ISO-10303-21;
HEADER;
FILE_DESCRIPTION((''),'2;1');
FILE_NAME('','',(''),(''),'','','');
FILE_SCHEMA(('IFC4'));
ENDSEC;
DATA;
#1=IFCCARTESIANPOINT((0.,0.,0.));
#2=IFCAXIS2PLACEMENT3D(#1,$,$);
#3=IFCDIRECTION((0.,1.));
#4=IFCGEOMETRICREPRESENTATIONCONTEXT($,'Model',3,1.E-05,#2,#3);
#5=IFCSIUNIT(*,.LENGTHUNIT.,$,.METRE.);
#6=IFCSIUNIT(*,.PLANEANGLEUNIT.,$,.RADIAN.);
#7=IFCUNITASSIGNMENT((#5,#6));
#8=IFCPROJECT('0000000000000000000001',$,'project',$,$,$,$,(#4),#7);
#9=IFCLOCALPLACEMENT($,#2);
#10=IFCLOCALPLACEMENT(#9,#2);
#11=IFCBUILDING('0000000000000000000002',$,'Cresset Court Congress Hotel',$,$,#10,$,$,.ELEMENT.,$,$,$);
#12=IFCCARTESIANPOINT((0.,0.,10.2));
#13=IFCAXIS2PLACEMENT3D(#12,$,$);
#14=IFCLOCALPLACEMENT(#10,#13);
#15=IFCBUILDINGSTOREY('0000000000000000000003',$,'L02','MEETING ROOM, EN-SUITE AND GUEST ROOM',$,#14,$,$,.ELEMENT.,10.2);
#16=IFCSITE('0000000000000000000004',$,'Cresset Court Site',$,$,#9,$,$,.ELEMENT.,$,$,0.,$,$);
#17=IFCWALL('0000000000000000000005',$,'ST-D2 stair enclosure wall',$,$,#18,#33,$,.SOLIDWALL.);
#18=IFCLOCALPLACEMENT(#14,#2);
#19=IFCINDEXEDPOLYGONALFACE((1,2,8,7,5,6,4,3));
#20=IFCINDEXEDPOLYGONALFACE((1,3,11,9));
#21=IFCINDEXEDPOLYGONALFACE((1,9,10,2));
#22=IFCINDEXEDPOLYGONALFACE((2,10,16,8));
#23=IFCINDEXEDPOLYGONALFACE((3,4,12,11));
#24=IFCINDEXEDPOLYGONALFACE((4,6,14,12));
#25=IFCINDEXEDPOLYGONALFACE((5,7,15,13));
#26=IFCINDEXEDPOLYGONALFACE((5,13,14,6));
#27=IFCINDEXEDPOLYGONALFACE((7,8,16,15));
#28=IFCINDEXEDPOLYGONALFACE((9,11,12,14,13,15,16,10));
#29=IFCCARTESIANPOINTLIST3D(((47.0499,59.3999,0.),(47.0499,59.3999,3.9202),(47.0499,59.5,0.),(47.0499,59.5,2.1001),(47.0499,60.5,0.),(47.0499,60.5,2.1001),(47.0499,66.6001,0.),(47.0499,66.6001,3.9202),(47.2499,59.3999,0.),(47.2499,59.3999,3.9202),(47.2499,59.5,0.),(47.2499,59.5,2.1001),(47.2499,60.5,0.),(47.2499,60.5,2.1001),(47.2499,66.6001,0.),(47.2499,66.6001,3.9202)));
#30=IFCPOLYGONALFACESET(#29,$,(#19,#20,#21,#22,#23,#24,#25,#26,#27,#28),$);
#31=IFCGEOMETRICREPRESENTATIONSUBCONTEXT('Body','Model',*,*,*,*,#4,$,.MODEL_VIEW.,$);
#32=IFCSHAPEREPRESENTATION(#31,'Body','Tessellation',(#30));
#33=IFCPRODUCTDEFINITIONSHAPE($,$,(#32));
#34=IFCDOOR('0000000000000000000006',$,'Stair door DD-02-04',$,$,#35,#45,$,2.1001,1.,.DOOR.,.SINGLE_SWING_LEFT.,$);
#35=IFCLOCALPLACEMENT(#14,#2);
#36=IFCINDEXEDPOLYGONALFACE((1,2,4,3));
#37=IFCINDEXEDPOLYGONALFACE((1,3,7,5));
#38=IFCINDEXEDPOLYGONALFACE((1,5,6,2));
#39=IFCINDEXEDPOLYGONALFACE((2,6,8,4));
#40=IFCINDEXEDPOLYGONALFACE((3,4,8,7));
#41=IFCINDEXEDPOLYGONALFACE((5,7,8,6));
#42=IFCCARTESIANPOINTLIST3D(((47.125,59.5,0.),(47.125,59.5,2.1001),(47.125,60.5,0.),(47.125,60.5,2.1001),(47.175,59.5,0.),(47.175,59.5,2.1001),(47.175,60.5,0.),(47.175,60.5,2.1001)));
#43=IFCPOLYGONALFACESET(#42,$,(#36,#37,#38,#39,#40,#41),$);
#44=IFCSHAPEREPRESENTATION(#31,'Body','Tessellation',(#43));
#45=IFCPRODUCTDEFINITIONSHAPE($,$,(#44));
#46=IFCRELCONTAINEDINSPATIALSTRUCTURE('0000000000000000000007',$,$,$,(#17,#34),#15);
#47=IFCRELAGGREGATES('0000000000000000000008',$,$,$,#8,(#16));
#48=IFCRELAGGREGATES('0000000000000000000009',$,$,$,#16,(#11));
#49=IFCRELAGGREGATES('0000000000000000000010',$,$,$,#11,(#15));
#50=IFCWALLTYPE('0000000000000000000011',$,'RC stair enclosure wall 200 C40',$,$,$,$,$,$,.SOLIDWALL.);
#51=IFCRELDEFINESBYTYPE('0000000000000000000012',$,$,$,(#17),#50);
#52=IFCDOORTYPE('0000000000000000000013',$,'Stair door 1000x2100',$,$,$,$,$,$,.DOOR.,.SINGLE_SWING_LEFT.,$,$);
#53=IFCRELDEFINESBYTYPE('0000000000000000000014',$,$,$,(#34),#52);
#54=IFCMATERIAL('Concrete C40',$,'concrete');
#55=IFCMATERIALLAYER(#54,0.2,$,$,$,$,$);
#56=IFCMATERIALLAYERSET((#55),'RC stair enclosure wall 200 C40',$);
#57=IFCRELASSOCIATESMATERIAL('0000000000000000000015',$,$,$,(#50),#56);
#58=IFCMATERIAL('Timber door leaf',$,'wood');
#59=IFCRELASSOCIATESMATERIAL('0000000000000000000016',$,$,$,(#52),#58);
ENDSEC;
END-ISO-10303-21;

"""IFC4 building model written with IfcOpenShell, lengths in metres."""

from ifc_helpers import new_model, si_unit, direction, frame, frame_2d, origin, place, context, subcontext, project, spatial, rectangle, extrude, material, layer, layer_set, type_object, element, fill, save


model = new_model("IFC4")

# Units and contexts
model_context = context("Model", 3, precision=1e-05, world=origin(), true_north=direction((0.0, 1.0)))
body_context = subcontext(model_context, "Body", "Model", "MODEL_VIEW")
ifc_project = project(units=[si_unit("LENGTHUNIT", "METRE"), si_unit("PLANEANGLEUNIT", "RADIAN")], contexts=[model_context])

# Site, building, storey
site_placement = place(None, origin())
site = spatial("IfcSite", under=ifc_project, at=site_placement, Name="Cresset Court Site", CompositionType="ELEMENT", RefElevation=0.0)
building_placement = place(site_placement, origin())
building = spatial("IfcBuilding", under=site, at=building_placement, Name="Cresset Court Congress Hotel", CompositionType="ELEMENT")
storey_placement = place(building_placement, frame((0.0, 0.0, 10.2)))
storey = spatial("IfcBuildingStorey", under=building, at=storey_placement, Name="L02", Description="MEETING ROOM, EN-SUITE AND GUEST ROOM", CompositionType="ELEMENT", Elevation=10.2)

# Wall, opening, door
ifc_material_1 = material(Name="Concrete C40", Category="concrete")
ifc_layer_1 = layer(ifc_material_1, 0.2)
ifc_layer_set_1 = layer_set([ifc_layer_1], Name="RC stair enclosure wall 200 C40")
wall_type_1 = type_object("IfcWallType", Name="RC stair enclosure wall 200 C40", PredefinedType="SOLIDWALL", material=ifc_layer_set_1)
wall_1_placement = place(storey_placement, frame((47.1499, 59.3999, 0.0), z_axis=(0.0, 0.0, 1.0), x_axis=(0.0, 1.0, 0.0)))
wall_1 = element("IfcWall", 1, at=wall_1_placement, inside=storey, type_object=wall_type_1, Name="ST-D2 stair enclosure wall", PredefinedType="SOLIDWALL", context=body_context, shape_type="SweptSolid", body=[
    extrude(rectangle(XDim=7.2002, YDim=0.2, at=frame_2d((3.6001, 0.0))), origin(), (0.0, 0.0, 1.0), 3.9202),
])
opening_1_placement = place(wall_1_placement, frame((0.1001, 0.0, 0.0)))
opening_1 = element("IfcOpeningElement", 2, at=opening_1_placement, cuts=wall_1, PredefinedType="OPENING", context=body_context, shape_type="SweptSolid", body=[
    extrude(rectangle(XDim=1.0, YDim=2.1001, at=frame_2d((0.5, 1.05))), frame((0.0, 0.1099, 0.0), z_axis=(0.0, -1.0, 0.0), x_axis=(1.0, 0.0, 0.0)), (0.0, 0.0, 1.0), 0.22),
])
ifc_material_2 = material(Name="Timber door leaf", Category="wood")
door_type_1 = type_object("IfcDoorType", Name="Stair door 1000x2100", OperationType="SINGLE_SWING_LEFT", PredefinedType="DOOR", material=ifc_material_2)
door_1_placement = place(opening_1_placement, origin())
door_1 = element("IfcDoor", 3, at=door_1_placement, inside=storey, type_object=door_type_1, Name="Stair door DD-02-04", OperationType="SINGLE_SWING_LEFT", OverallHeight=2.1001, OverallWidth=1.0, PredefinedType="DOOR", context=body_context, shape_type="SweptSolid", body=[
    extrude(rectangle(XDim=1.0, YDim=2.1001, at=frame_2d((0.5, 1.05))), frame((0.0, 0.0249, 0.0), z_axis=(0.0, -1.0, 0.0), x_axis=(1.0, 0.0, 0.0)), (0.0, 0.0, 1.0), 0.05),
])
fill(opening_1, door_1)

save(model, "model.ifc")
